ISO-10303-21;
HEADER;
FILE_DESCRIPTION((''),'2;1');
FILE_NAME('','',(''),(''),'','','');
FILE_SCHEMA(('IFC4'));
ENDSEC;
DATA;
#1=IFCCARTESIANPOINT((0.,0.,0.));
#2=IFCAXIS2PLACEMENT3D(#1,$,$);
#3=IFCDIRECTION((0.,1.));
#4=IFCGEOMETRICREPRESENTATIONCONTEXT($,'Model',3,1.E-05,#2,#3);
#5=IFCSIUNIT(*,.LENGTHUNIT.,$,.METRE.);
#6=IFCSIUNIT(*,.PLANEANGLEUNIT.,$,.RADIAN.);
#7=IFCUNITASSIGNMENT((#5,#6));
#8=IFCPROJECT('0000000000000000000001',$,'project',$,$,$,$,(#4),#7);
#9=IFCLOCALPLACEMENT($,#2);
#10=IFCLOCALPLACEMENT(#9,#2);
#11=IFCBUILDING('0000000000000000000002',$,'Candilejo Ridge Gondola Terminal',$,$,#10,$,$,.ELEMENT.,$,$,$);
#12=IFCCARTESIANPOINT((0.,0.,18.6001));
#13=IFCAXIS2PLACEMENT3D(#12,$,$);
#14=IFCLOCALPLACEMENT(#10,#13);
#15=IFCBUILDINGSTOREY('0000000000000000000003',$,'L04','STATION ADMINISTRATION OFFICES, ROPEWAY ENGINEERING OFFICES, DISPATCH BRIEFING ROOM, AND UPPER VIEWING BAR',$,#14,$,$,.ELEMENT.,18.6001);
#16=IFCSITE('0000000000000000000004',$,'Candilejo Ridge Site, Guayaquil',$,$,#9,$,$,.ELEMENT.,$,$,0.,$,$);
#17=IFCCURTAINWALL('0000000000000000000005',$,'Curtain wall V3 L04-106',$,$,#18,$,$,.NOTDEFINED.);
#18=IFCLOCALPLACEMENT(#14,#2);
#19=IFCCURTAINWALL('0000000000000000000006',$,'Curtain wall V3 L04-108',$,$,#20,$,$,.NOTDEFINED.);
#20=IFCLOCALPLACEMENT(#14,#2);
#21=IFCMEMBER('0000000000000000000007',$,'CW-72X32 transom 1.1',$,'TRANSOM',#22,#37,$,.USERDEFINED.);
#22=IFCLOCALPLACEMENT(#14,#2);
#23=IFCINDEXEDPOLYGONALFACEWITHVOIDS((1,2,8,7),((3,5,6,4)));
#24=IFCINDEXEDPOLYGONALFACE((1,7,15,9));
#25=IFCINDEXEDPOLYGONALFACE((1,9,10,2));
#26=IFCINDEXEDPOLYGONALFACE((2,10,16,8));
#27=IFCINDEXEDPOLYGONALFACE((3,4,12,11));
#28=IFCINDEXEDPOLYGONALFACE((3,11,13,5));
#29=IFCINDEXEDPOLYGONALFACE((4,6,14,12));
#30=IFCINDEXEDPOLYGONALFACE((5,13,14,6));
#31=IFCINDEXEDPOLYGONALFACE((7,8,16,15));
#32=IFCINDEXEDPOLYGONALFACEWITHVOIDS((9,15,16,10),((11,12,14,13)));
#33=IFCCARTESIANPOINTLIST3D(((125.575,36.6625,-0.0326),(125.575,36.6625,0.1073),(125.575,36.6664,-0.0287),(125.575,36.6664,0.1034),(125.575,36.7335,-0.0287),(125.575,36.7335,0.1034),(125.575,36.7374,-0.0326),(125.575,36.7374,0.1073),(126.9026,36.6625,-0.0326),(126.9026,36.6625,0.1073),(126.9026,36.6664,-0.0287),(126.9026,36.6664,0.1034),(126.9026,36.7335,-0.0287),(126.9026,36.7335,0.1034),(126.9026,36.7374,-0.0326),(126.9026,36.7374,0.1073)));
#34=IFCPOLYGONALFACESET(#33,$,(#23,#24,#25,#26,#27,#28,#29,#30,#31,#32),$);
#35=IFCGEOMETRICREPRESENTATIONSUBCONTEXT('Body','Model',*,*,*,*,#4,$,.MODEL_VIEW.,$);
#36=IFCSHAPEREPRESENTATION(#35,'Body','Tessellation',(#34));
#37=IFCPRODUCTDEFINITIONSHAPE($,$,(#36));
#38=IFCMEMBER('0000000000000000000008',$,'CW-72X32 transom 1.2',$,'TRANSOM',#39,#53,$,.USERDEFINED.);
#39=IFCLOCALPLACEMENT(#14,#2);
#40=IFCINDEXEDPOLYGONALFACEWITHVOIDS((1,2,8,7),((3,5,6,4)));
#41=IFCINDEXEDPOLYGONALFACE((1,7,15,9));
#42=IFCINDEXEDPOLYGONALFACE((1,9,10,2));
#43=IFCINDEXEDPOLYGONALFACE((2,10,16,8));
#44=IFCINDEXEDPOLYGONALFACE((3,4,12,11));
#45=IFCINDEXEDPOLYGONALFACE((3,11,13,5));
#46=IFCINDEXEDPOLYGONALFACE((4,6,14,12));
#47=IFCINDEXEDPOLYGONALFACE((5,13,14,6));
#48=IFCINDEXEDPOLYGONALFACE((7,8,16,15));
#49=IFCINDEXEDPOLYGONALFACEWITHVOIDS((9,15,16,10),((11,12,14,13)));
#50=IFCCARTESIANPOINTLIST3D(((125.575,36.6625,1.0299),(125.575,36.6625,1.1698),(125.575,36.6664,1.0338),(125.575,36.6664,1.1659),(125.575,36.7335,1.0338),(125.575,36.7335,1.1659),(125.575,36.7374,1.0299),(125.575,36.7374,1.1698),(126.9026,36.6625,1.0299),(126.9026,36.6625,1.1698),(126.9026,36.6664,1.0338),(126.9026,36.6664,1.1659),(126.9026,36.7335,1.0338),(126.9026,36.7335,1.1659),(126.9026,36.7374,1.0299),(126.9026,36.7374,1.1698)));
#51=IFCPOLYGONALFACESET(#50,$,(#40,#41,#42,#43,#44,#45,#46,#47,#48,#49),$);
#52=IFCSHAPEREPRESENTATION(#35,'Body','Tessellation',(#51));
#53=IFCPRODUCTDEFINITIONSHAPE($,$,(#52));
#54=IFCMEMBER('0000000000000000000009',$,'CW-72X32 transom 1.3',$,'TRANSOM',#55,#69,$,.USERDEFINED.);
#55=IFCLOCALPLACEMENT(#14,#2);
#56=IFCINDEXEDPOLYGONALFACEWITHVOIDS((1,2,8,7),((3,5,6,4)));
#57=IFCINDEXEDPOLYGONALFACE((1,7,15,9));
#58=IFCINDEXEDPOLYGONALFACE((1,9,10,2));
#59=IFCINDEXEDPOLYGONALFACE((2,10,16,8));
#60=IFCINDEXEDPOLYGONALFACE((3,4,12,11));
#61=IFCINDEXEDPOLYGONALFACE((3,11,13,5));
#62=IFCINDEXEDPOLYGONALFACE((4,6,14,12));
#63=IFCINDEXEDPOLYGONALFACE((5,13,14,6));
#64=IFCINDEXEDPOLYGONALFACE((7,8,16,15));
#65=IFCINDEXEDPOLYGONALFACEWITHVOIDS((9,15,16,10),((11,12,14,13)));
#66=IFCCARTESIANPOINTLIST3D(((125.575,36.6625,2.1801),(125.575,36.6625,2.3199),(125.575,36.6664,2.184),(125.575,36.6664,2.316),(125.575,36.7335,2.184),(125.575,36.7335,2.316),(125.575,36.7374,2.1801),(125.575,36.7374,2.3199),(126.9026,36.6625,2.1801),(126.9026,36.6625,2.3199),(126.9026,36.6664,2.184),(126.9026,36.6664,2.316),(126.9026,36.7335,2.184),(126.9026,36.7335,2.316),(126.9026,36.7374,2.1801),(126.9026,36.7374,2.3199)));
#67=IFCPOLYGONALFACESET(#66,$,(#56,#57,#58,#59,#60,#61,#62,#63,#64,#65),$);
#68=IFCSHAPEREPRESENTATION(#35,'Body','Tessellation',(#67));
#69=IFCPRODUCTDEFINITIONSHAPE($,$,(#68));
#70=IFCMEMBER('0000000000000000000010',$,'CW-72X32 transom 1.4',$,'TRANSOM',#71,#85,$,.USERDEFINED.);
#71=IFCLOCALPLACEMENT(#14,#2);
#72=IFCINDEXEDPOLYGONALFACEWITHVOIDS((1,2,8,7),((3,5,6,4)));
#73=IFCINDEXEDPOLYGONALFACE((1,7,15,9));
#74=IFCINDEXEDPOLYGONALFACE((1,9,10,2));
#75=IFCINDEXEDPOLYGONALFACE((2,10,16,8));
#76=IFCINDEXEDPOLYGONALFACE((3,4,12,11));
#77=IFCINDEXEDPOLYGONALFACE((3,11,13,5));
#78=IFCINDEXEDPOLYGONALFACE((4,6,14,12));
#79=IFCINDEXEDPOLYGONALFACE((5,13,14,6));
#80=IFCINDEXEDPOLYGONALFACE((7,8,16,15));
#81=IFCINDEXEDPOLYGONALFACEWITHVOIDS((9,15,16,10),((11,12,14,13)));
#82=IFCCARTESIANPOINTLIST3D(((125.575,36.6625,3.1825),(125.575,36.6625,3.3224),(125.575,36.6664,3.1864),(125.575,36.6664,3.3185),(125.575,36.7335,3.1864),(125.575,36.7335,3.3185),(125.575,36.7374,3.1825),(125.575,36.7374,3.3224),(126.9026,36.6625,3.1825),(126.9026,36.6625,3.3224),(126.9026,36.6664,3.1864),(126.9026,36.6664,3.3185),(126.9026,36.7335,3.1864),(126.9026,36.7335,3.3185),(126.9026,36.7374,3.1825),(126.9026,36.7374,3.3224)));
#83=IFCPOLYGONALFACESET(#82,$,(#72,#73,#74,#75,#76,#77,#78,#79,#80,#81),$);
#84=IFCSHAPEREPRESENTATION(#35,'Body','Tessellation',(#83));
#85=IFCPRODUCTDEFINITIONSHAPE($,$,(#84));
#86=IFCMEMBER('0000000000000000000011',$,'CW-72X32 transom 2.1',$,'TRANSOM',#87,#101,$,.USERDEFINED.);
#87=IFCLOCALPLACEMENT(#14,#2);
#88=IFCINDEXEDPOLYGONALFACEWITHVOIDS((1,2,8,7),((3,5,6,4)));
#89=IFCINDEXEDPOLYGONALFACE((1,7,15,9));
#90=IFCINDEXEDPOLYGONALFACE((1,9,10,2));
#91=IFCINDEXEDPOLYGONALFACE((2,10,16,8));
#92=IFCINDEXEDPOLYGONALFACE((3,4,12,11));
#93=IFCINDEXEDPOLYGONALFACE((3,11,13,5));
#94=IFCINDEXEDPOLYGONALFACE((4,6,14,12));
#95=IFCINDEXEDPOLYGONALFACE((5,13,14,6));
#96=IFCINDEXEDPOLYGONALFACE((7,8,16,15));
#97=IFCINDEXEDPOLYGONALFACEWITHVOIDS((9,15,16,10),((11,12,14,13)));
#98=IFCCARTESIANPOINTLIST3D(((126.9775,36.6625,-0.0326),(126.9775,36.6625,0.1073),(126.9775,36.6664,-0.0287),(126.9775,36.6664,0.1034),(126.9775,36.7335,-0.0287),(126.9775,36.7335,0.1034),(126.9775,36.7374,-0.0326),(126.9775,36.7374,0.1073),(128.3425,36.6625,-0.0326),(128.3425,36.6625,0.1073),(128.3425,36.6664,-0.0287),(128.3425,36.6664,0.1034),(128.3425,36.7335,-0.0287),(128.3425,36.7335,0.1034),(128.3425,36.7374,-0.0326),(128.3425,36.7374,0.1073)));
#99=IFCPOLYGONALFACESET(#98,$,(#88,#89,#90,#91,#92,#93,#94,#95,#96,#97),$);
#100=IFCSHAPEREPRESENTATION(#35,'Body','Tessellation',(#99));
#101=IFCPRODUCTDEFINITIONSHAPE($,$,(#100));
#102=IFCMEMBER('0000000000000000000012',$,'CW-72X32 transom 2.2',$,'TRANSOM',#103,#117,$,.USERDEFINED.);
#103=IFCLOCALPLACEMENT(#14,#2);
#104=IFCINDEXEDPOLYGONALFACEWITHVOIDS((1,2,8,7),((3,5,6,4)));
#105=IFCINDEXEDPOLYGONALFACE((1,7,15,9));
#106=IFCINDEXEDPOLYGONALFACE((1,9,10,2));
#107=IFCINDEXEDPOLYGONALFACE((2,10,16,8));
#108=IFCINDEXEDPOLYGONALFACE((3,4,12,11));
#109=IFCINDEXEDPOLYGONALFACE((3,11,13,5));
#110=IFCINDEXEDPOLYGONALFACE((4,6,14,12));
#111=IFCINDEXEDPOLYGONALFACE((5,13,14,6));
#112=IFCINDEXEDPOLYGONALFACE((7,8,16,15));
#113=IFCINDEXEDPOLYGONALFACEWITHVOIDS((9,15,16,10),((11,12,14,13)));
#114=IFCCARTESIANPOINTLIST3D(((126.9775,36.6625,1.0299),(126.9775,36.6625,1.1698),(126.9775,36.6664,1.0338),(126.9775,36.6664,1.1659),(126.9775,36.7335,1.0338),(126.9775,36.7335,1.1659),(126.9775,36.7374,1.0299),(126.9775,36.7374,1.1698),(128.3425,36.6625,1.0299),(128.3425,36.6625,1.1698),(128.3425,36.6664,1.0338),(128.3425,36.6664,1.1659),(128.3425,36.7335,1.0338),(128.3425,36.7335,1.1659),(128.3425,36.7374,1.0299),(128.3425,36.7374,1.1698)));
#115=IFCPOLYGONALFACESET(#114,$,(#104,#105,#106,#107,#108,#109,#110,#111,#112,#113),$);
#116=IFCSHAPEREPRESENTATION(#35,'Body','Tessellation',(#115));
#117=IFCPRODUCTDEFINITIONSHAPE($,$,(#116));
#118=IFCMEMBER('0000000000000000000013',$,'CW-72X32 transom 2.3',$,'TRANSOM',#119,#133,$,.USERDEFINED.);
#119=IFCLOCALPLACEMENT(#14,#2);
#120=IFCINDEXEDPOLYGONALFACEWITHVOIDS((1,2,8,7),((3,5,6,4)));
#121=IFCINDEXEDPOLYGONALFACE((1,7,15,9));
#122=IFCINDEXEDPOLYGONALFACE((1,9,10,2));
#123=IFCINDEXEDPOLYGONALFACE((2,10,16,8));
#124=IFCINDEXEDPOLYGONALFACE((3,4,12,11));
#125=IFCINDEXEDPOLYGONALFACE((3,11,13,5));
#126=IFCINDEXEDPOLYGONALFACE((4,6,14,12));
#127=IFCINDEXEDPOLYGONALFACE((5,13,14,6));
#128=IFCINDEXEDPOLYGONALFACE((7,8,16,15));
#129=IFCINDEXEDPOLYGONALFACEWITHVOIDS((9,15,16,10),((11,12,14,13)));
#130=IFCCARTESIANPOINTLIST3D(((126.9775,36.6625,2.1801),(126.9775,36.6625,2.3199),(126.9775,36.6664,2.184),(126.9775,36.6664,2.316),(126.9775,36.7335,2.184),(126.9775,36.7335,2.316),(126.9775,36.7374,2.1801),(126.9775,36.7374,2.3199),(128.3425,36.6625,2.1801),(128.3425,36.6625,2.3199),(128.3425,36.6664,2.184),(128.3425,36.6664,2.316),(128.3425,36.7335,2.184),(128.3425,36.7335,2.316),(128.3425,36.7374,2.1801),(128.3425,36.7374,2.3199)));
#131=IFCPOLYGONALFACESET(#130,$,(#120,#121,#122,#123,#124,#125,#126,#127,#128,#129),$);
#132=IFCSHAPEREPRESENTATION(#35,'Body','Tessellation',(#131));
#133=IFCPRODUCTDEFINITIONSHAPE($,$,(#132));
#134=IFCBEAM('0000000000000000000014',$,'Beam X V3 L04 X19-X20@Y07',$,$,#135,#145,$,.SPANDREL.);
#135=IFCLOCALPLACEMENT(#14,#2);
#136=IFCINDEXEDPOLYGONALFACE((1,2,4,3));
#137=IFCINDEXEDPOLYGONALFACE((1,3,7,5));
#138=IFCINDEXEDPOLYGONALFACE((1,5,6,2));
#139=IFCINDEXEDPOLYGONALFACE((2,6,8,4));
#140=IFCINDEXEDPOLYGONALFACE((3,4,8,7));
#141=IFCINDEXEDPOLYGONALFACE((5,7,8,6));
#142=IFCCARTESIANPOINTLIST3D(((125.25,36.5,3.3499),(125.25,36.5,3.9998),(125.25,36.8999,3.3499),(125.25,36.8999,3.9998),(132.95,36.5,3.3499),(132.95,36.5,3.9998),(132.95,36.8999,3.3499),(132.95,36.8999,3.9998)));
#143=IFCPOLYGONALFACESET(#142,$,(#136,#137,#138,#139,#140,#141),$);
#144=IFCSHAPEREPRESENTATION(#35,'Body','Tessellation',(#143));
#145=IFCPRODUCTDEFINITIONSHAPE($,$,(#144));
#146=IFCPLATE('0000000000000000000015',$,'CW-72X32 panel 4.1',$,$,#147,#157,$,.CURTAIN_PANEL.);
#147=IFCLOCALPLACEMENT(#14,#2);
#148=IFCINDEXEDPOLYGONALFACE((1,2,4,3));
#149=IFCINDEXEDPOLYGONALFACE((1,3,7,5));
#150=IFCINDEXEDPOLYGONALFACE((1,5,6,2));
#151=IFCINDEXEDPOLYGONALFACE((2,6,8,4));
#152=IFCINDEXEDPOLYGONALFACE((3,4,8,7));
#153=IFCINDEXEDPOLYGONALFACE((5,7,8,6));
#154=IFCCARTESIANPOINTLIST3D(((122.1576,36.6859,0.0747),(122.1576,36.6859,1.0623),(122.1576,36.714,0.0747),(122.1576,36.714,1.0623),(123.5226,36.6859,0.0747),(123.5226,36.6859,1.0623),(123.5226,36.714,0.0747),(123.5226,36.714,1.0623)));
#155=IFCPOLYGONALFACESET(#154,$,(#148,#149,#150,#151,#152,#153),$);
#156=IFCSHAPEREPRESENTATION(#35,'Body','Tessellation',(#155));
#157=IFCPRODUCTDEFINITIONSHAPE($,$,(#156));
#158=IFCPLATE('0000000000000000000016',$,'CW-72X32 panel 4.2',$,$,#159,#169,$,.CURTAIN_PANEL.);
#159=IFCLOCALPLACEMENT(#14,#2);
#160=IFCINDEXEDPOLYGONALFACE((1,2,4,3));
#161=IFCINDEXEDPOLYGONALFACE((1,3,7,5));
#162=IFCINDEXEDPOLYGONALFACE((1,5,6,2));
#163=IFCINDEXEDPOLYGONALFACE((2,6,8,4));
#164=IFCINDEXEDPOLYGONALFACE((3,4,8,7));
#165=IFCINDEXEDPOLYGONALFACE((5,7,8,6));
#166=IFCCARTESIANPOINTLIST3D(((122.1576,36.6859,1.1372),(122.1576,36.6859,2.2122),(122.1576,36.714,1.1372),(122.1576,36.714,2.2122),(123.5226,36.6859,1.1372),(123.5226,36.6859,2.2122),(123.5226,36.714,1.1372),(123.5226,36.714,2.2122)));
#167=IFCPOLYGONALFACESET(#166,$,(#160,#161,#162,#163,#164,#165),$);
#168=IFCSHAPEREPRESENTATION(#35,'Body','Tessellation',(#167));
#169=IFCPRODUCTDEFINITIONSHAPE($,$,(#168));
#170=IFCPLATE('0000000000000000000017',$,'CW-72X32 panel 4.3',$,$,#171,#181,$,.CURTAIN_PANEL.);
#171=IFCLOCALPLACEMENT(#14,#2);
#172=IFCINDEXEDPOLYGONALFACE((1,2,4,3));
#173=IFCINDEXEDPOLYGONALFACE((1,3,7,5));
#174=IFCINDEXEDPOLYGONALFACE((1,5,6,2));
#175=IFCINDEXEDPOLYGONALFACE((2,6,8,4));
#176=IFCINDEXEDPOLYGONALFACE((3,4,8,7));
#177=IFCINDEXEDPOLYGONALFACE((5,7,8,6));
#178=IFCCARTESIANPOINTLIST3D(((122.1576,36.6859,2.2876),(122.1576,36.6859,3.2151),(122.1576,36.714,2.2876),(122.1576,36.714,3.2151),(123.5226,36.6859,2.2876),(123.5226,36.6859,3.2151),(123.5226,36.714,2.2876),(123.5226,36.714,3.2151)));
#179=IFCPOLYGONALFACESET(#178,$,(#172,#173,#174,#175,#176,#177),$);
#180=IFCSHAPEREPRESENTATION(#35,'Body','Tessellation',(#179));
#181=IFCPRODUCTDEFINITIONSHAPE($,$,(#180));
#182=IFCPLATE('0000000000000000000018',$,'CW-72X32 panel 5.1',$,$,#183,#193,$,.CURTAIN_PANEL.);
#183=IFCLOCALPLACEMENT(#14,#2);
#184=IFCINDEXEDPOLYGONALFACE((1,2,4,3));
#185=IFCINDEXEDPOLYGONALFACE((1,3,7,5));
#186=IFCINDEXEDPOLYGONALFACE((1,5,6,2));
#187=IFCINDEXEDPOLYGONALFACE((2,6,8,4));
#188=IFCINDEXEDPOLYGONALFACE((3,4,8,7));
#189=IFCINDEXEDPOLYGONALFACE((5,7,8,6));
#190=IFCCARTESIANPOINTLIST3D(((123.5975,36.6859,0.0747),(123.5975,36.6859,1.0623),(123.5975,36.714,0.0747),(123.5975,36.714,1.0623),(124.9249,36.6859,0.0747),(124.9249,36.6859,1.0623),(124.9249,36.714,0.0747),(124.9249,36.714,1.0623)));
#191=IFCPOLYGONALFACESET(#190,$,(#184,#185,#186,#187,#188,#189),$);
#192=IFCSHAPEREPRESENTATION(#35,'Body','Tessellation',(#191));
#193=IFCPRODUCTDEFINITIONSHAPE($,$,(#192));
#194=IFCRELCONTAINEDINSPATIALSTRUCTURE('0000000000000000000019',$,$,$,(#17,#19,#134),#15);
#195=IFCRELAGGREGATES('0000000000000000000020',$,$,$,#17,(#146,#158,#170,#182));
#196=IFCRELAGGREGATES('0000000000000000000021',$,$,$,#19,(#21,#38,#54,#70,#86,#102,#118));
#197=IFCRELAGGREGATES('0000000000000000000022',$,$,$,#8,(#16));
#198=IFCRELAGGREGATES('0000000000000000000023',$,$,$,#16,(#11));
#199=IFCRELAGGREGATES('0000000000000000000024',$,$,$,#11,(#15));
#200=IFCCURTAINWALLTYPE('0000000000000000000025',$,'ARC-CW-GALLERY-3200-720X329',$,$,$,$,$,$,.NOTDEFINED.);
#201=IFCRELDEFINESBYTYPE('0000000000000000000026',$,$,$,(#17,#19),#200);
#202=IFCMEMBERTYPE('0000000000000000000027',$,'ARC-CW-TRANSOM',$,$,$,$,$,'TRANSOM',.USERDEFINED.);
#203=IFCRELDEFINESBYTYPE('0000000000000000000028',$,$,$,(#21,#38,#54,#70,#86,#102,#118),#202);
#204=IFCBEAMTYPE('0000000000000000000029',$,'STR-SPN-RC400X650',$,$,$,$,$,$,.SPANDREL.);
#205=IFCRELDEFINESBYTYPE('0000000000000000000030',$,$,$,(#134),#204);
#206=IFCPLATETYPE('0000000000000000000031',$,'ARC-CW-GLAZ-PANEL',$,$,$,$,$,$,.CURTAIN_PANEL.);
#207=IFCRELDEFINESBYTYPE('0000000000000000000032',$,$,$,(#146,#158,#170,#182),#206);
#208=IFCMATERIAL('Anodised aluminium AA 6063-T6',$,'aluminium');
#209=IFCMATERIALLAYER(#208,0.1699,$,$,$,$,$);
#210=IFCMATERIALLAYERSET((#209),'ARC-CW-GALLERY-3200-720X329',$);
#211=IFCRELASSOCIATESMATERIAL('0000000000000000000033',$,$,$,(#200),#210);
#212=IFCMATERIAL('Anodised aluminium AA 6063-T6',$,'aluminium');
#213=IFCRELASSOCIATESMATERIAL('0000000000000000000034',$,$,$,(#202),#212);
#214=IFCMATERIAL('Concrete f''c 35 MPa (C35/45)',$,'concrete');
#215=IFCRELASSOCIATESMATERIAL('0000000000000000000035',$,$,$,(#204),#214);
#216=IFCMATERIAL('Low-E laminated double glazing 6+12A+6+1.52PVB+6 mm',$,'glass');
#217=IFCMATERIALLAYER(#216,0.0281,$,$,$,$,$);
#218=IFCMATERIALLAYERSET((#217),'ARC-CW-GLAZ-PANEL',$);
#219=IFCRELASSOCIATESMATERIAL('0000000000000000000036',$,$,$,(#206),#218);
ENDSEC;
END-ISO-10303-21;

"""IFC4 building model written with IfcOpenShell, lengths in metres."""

from ifc_helpers import new_model, si_unit, direction, frame, origin, origin_2d, place, context, subcontext, project, spatial, rectangle, hollow_rectangle, extrude, material, layer, layer_set, material_profile, profile_set, type_object, element, aggregate, save


model = new_model("IFC4")

# Units and contexts
model_context = context("Model", 3, precision=1e-05, world=origin(), true_north=direction((0.0, 1.0)))
body_context = subcontext(model_context, "Body", "Model", "MODEL_VIEW")
ifc_project = project(units=[si_unit("LENGTHUNIT", "METRE"), si_unit("PLANEANGLEUNIT", "RADIAN")], contexts=[model_context])

# Site, building, storey
site_placement = place(None, origin())
site = spatial("IfcSite", under=ifc_project, at=site_placement, Name="Candilejo Ridge Site, Guayaquil", CompositionType="ELEMENT", RefElevation=0.0)
building_placement = place(site_placement, origin())
building = spatial("IfcBuilding", under=site, at=building_placement, Name="Candilejo Ridge Gondola Terminal", CompositionType="ELEMENT")
storey_placement = place(building_placement, frame((0.0, 0.0, 18.6001)))
storey = spatial("IfcBuildingStorey", under=building, at=storey_placement, Name="L04", Description="STATION ADMINISTRATION OFFICES, ROPEWAY ENGINEERING OFFICES, DISPATCH BRIEFING ROOM, AND UPPER VIEWING BAR", CompositionType="ELEMENT", Elevation=18.6001)

# Curtain walls
ifc_material_1 = material(Name="Anodised aluminium AA 6063-T6", Category="aluminium")
ifc_layer_1 = layer(ifc_material_1, 0.1699)
ifc_layer_set_1 = layer_set([ifc_layer_1], Name="ARC-CW-GALLERY-3200-720X329")
curtain_wall_type = type_object("IfcCurtainWallType", Name="ARC-CW-GALLERY-3200-720X329", PredefinedType="NOTDEFINED", material=ifc_layer_set_1)
curtain_wall_1_placement = place(storey_placement, origin())
curtain_wall_1 = element("IfcCurtainWall", 1, at=curtain_wall_1_placement, inside=storey, type_object=curtain_wall_type, Name="Curtain wall V3 L04-106", PredefinedType="NOTDEFINED")
curtain_wall_2_placement = place(storey_placement, origin())
curtain_wall_2 = element("IfcCurtainWall", 2, at=curtain_wall_2_placement, inside=storey, type_object=curtain_wall_type, Name="Curtain wall V3 L04-108", PredefinedType="NOTDEFINED")

# Members
ifc_material_2 = material(Name="Anodised aluminium AA 6063-T6", Category="aluminium")
ifc_material_profile_1 = material_profile(ifc_material_2, hollow_rectangle(XDim=0.075, YDim=0.1399, WallThickness=0.0039, at=origin_2d()))
ifc_profile_set_1 = profile_set([ifc_material_profile_1], Name="Anodised aluminium AA 6063-T6")
member_type_1 = type_object("IfcMemberType", Name="ARC-CW-TRANSOM", ElementType="TRANSOM", PredefinedType="USERDEFINED", material=ifc_profile_set_1)
member_1_placement = place(storey_placement, frame((125.575, 36.7, 0.0374), z_axis=(1.0, 0.0, 0.0), x_axis=(0.0, 1.0, 0.0)))
member_1 = element("IfcMember", 3, at=member_1_placement, type_object=member_type_1, Name="CW-72X32 transom 1.1", ObjectType="TRANSOM", PredefinedType="USERDEFINED", context=body_context, shape_type="SweptSolid", body=[
    extrude(hollow_rectangle(XDim=0.075, YDim=0.1399, WallThickness=0.0039, at=origin_2d()), origin(), (0.0, 0.0, 1.0), 1.3276),
])
member_2_placement = place(storey_placement, frame((125.575, 36.7, 1.0999), z_axis=(1.0, 0.0, 0.0), x_axis=(0.0, 1.0, 0.0)))
member_2 = element("IfcMember", 4, at=member_2_placement, type_object=member_type_1, Name="CW-72X32 transom 1.2", ObjectType="TRANSOM", PredefinedType="USERDEFINED", context=body_context, shape_type="SweptSolid", body=[
    extrude(hollow_rectangle(XDim=0.075, YDim=0.1399, WallThickness=0.0039, at=origin_2d()), origin(), (0.0, 0.0, 1.0), 1.3276),
])
member_3_placement = place(storey_placement, frame((125.575, 36.7, 2.25), z_axis=(1.0, 0.0, 0.0), x_axis=(0.0, 1.0, 0.0)))
member_3 = element("IfcMember", 5, at=member_3_placement, type_object=member_type_1, Name="CW-72X32 transom 1.3", ObjectType="TRANSOM", PredefinedType="USERDEFINED", context=body_context, shape_type="SweptSolid", body=[
    extrude(hollow_rectangle(XDim=0.075, YDim=0.1399, WallThickness=0.0039, at=origin_2d()), origin(), (0.0, 0.0, 1.0), 1.3276),
])
member_4_placement = place(storey_placement, frame((125.575, 36.7, 3.2524), z_axis=(1.0, 0.0, 0.0), x_axis=(0.0, 1.0, 0.0)))
member_4 = element("IfcMember", 6, at=member_4_placement, type_object=member_type_1, Name="CW-72X32 transom 1.4", ObjectType="TRANSOM", PredefinedType="USERDEFINED", context=body_context, shape_type="SweptSolid", body=[
    extrude(hollow_rectangle(XDim=0.075, YDim=0.1399, WallThickness=0.0039, at=origin_2d()), origin(), (0.0, 0.0, 1.0), 1.3276),
])
member_5_placement = place(storey_placement, frame((126.9775, 36.7, 0.0374), z_axis=(1.0, 0.0, 0.0), x_axis=(0.0, 1.0, 0.0)))
member_5 = element("IfcMember", 7, at=member_5_placement, type_object=member_type_1, Name="CW-72X32 transom 2.1", ObjectType="TRANSOM", PredefinedType="USERDEFINED", context=body_context, shape_type="SweptSolid", body=[
    extrude(hollow_rectangle(XDim=0.075, YDim=0.1399, WallThickness=0.0039, at=origin_2d()), origin(), (0.0, 0.0, 1.0), 1.365),
])
member_6_placement = place(storey_placement, frame((126.9775, 36.7, 1.0999), z_axis=(1.0, 0.0, 0.0), x_axis=(0.0, 1.0, 0.0)))
member_6 = element("IfcMember", 8, at=member_6_placement, type_object=member_type_1, Name="CW-72X32 transom 2.2", ObjectType="TRANSOM", PredefinedType="USERDEFINED", context=body_context, shape_type="SweptSolid", body=[
    extrude(hollow_rectangle(XDim=0.075, YDim=0.1399, WallThickness=0.0039, at=origin_2d()), origin(), (0.0, 0.0, 1.0), 1.365),
])
member_7_placement = place(storey_placement, frame((126.9775, 36.7, 2.25), z_axis=(1.0, 0.0, 0.0), x_axis=(0.0, 1.0, 0.0)))
member_7 = element("IfcMember", 9, at=member_7_placement, type_object=member_type_1, Name="CW-72X32 transom 2.3", ObjectType="TRANSOM", PredefinedType="USERDEFINED", context=body_context, shape_type="SweptSolid", body=[
    extrude(hollow_rectangle(XDim=0.075, YDim=0.1399, WallThickness=0.0039, at=origin_2d()), origin(), (0.0, 0.0, 1.0), 1.365),
])

# Beam
ifc_material_3 = material(Name="Concrete f'c 35 MPa (C35/45)", Category="concrete")
ifc_material_profile_2 = material_profile(ifc_material_3, rectangle(XDim=0.3999, YDim=0.6499, at=origin_2d()))
ifc_profile_set_2 = profile_set([ifc_material_profile_2], Name="Concrete f'c 35 MPa (C35/45)")
beam_type = type_object("IfcBeamType", Name="STR-SPN-RC400X650", PredefinedType="SPANDREL", material=ifc_profile_set_2)
beam_placement = place(storey_placement, frame((125.25, 36.7, 3.6748), z_axis=(1.0, 0.0, 0.0), x_axis=(0.0, 1.0, 0.0)))
element("IfcBeam", 10, at=beam_placement, inside=storey, type_object=beam_type, Name="Beam X V3 L04 X19-X20@Y07", PredefinedType="SPANDREL", context=body_context, shape_type="SweptSolid", body=[
    extrude(rectangle(XDim=0.3999, YDim=0.6499, at=origin_2d()), origin(), (0.0, 0.0, 1.0), 7.7),
])

# Plates
ifc_material_4 = material(Name="Low-E laminated double glazing 6+12A+6+1.52PVB+6 mm", Category="glass")
ifc_layer_2 = layer(ifc_material_4, 0.0281)
ifc_layer_set_2 = layer_set([ifc_layer_2], Name="ARC-CW-GLAZ-PANEL")
plate_type = type_object("IfcPlateType", Name="ARC-CW-GLAZ-PANEL", PredefinedType="CURTAIN_PANEL", material=ifc_layer_set_2)
plate_1_placement = place(storey_placement, frame((122.8401, 36.7, 0.0747), z_axis=(0.0, 0.0, 1.0), x_axis=(1.0, 0.0, 0.0)))
plate_1 = element("IfcPlate", 11, at=plate_1_placement, type_object=plate_type, Name="CW-72X32 panel 4.1", PredefinedType="CURTAIN_PANEL", context=body_context, shape_type="SweptSolid", body=[
    extrude(rectangle(XDim=1.365, YDim=0.0281, at=origin_2d()), origin(), (0.0, 0.0, 1.0), 0.9875),
])
plate_2_placement = place(storey_placement, frame((122.8401, 36.7, 1.1372), z_axis=(0.0, 0.0, 1.0), x_axis=(1.0, 0.0, 0.0)))
plate_2 = element("IfcPlate", 12, at=plate_2_placement, type_object=plate_type, Name="CW-72X32 panel 4.2", PredefinedType="CURTAIN_PANEL", context=body_context, shape_type="SweptSolid", body=[
    extrude(rectangle(XDim=1.365, YDim=0.0281, at=origin_2d()), origin(), (0.0, 0.0, 1.0), 1.075),
])
plate_3_placement = place(storey_placement, frame((122.8401, 36.7, 2.2876), z_axis=(0.0, 0.0, 1.0), x_axis=(1.0, 0.0, 0.0)))
plate_3 = element("IfcPlate", 13, at=plate_3_placement, type_object=plate_type, Name="CW-72X32 panel 4.3", PredefinedType="CURTAIN_PANEL", context=body_context, shape_type="SweptSolid", body=[
    extrude(rectangle(XDim=1.365, YDim=0.0281, at=origin_2d()), origin(), (0.0, 0.0, 1.0), 0.9275),
])
plate_4_placement = place(storey_placement, frame((124.2612, 36.7, 0.0747), z_axis=(0.0, 0.0, 1.0), x_axis=(1.0, 0.0, 0.0)))
plate_4 = element("IfcPlate", 14, at=plate_4_placement, type_object=plate_type, Name="CW-72X32 panel 5.1", PredefinedType="CURTAIN_PANEL", context=body_context, shape_type="SweptSolid", body=[
    extrude(rectangle(XDim=1.3274, YDim=0.0281, at=origin_2d()), origin(), (0.0, 0.0, 1.0), 0.9875),
])
aggregate(curtain_wall_1, [plate_1, plate_2, plate_3, plate_4])
aggregate(curtain_wall_2, [member_1, member_2, member_3, member_4, member_5, member_6, member_7])

save(model, "model.ifc")
